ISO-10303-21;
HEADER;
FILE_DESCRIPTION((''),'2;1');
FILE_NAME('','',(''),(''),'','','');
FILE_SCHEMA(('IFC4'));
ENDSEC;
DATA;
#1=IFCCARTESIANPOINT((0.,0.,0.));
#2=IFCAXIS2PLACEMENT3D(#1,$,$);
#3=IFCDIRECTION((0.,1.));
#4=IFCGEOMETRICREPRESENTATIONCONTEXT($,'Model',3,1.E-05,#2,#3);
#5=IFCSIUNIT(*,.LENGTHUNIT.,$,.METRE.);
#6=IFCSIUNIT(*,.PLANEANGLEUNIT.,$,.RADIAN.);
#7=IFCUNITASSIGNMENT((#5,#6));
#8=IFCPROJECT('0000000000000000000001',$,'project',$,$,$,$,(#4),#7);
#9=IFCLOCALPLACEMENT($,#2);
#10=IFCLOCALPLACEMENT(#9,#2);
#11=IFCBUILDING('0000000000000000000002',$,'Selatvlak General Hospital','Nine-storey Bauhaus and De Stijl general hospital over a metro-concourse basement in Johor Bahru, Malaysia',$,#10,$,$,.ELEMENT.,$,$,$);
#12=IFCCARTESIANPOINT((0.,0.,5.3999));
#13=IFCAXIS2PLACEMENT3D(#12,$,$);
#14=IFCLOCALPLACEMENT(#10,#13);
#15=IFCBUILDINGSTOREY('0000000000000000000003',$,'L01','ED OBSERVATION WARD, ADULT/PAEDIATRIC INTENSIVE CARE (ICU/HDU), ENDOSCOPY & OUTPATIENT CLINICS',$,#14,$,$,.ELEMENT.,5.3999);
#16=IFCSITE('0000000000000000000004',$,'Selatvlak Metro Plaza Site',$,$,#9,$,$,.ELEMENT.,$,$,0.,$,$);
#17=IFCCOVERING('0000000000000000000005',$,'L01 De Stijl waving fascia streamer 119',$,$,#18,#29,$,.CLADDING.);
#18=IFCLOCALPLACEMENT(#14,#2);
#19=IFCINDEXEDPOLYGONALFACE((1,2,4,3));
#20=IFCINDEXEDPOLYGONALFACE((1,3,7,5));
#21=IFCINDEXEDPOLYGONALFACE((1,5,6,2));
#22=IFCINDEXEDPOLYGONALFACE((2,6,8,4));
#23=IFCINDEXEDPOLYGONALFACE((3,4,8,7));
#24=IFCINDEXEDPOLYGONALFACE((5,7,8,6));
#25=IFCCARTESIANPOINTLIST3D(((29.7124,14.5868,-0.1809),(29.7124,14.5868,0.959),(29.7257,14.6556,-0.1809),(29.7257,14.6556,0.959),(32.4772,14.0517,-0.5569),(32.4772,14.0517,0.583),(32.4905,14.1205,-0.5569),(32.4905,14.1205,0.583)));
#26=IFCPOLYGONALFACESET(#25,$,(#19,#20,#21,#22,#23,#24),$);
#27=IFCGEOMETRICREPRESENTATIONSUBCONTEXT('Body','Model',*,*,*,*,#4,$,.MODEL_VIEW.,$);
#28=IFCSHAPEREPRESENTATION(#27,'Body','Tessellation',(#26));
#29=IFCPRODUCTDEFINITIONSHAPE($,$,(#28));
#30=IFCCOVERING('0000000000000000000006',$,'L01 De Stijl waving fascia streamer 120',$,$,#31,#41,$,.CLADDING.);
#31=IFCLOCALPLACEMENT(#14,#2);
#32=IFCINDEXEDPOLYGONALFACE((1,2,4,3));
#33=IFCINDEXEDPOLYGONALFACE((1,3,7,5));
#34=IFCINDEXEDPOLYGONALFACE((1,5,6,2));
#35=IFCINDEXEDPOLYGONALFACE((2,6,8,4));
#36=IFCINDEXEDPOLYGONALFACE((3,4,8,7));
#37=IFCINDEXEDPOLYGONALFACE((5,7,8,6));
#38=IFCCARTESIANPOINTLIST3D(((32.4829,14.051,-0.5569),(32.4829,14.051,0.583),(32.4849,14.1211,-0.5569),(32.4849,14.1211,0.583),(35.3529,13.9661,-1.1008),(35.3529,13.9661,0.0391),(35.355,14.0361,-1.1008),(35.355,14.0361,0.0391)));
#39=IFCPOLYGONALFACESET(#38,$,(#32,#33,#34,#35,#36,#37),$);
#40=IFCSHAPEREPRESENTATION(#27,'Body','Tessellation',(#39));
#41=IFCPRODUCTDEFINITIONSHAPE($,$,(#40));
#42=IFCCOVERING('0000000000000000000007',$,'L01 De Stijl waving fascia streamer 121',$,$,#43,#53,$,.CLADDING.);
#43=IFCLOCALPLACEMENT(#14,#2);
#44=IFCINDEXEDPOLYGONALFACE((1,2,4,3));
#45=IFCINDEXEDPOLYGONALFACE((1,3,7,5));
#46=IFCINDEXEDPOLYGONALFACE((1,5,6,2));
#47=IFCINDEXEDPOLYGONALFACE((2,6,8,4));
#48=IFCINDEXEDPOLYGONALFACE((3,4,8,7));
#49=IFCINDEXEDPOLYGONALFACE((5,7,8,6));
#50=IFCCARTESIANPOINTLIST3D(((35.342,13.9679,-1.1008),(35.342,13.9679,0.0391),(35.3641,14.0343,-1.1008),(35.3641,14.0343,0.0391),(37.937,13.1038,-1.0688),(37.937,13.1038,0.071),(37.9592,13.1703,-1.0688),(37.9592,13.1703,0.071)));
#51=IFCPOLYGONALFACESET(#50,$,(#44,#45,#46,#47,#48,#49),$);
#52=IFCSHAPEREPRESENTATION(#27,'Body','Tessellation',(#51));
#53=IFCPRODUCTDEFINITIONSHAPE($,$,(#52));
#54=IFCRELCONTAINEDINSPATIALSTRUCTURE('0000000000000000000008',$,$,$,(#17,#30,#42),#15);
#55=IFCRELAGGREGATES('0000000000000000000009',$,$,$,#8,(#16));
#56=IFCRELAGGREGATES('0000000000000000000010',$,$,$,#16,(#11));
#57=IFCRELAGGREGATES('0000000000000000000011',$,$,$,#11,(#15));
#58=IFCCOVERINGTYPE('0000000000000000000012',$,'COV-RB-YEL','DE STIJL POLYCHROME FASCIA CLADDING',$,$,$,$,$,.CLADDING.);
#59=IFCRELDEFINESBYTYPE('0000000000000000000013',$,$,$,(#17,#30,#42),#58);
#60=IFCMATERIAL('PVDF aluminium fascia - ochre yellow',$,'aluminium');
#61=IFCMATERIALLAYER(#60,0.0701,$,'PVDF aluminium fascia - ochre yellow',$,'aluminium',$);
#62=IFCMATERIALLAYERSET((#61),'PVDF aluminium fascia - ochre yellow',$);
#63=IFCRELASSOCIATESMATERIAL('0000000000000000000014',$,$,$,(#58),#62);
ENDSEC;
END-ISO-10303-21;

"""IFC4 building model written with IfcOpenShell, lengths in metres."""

from ifc_helpers import new_model, si_unit, direction, frame, origin, place, context, subcontext, project, spatial, polyline, outline, extrude, material, layer, layer_set, type_object, element, save


model = new_model("IFC4")

# Units and contexts
model_context = context("Model", 3, precision=1e-05, world=origin(), true_north=direction((0.0, 1.0)))
body_context = subcontext(model_context, "Body", "Model", "MODEL_VIEW")
ifc_project = project(units=[si_unit("LENGTHUNIT", "METRE"), si_unit("PLANEANGLEUNIT", "RADIAN")], contexts=[model_context])

# Site, building, storey
site_placement = place(None, origin())
site = spatial("IfcSite", under=ifc_project, at=site_placement, Name="Selatvlak Metro Plaza Site", CompositionType="ELEMENT", RefElevation=0.0)
building_placement = place(site_placement, origin())
building = spatial("IfcBuilding", under=site, at=building_placement, Name="Selatvlak General Hospital", Description="Nine-storey Bauhaus and De Stijl general hospital over a metro-concourse basement in Johor Bahru, Malaysia", CompositionType="ELEMENT")
storey_placement = place(building_placement, frame((0.0, 0.0, 5.3999)))
storey = spatial("IfcBuildingStorey", under=building, at=storey_placement, Name="L01", Description="ED OBSERVATION WARD, ADULT/PAEDIATRIC INTENSIVE CARE (ICU/HDU), ENDOSCOPY & OUTPATIENT CLINICS", CompositionType="ELEMENT", Elevation=5.3999)

# Coverings
ifc_material_1 = material(Name="PVDF aluminium fascia - ochre yellow", Category="aluminium")
ifc_layer_1 = layer(ifc_material_1, 0.0701, Name="PVDF aluminium fascia - ochre yellow", Category="aluminium")
ifc_layer_set_1 = layer_set([ifc_layer_1], Name="PVDF aluminium fascia - ochre yellow")
covering_type = type_object("IfcCoveringType", Name="COV-RB-YEL", Description="DE STIJL POLYCHROME FASCIA CLADDING", PredefinedType="CLADDING", material=ifc_layer_set_1)
covering_1_placement = place(storey_placement, frame((29.719, 14.6211, -0.1809), z_axis=(0.0, 0.0, 1.0), x_axis=(0.981779, -0.190027, 0.0)))
element("IfcCovering", 1, at=covering_1_placement, inside=storey, type_object=covering_type, Name="L01 De Stijl waving fascia streamer 119", PredefinedType="CLADDING", context=body_context, shape_type="SweptSolid", body=[
    extrude(outline(polyline([(0.0, 0.0), (2.8162, -0.376), (2.8162, 0.7639), (0.0, 1.1399), (0.0, 0.0)])), frame((0.0, 0.0352, 0.0), z_axis=(0.0, -1.0, 0.0), x_axis=(1.0, 0.0, 0.0)), (0.0, 0.0, 1.0), 0.0701),
])
covering_2_placement = place(storey_placement, frame((32.4839, 14.0859, -0.5569), z_axis=(0.0, 0.0, 1.0), x_axis=(0.999562, -0.029589, 0.0)))
element("IfcCovering", 2, at=covering_2_placement, inside=storey, type_object=covering_type, Name="L01 De Stijl waving fascia streamer 120", PredefinedType="CLADDING", context=body_context, shape_type="SweptSolid", body=[
    extrude(outline(polyline([(0.0, 0.0), (2.8713, -0.5439), (2.8713, 0.5959), (0.0, 1.1399), (0.0, 0.0)])), frame((0.0, 0.0352, 0.0), z_axis=(0.0, -1.0, 0.0), x_axis=(1.0, 0.0, 0.0)), (0.0, 0.0, 1.0), 0.0701),
])
covering_3_placement = place(storey_placement, frame((35.353, 14.001, -1.1008), z_axis=(0.0, 0.0, 1.0), x_axis=(0.94879, -0.315906, 0.0)))
element("IfcCovering", 3, at=covering_3_placement, inside=storey, type_object=covering_type, Name="L01 De Stijl waving fascia streamer 121", PredefinedType="CLADDING", context=body_context, shape_type="SweptSolid", body=[
    extrude(outline(polyline([(0.0, 0.0), (2.7351, 0.032), (2.7351, 1.1719), (0.0, 1.1399), (0.0, 0.0)])), frame((0.0, 0.0352, 0.0), z_axis=(0.0, -1.0, 0.0), x_axis=(1.0, 0.0, 0.0)), (0.0, 0.0, 1.0), 0.0701),
])

save(model, "model.ifc")
